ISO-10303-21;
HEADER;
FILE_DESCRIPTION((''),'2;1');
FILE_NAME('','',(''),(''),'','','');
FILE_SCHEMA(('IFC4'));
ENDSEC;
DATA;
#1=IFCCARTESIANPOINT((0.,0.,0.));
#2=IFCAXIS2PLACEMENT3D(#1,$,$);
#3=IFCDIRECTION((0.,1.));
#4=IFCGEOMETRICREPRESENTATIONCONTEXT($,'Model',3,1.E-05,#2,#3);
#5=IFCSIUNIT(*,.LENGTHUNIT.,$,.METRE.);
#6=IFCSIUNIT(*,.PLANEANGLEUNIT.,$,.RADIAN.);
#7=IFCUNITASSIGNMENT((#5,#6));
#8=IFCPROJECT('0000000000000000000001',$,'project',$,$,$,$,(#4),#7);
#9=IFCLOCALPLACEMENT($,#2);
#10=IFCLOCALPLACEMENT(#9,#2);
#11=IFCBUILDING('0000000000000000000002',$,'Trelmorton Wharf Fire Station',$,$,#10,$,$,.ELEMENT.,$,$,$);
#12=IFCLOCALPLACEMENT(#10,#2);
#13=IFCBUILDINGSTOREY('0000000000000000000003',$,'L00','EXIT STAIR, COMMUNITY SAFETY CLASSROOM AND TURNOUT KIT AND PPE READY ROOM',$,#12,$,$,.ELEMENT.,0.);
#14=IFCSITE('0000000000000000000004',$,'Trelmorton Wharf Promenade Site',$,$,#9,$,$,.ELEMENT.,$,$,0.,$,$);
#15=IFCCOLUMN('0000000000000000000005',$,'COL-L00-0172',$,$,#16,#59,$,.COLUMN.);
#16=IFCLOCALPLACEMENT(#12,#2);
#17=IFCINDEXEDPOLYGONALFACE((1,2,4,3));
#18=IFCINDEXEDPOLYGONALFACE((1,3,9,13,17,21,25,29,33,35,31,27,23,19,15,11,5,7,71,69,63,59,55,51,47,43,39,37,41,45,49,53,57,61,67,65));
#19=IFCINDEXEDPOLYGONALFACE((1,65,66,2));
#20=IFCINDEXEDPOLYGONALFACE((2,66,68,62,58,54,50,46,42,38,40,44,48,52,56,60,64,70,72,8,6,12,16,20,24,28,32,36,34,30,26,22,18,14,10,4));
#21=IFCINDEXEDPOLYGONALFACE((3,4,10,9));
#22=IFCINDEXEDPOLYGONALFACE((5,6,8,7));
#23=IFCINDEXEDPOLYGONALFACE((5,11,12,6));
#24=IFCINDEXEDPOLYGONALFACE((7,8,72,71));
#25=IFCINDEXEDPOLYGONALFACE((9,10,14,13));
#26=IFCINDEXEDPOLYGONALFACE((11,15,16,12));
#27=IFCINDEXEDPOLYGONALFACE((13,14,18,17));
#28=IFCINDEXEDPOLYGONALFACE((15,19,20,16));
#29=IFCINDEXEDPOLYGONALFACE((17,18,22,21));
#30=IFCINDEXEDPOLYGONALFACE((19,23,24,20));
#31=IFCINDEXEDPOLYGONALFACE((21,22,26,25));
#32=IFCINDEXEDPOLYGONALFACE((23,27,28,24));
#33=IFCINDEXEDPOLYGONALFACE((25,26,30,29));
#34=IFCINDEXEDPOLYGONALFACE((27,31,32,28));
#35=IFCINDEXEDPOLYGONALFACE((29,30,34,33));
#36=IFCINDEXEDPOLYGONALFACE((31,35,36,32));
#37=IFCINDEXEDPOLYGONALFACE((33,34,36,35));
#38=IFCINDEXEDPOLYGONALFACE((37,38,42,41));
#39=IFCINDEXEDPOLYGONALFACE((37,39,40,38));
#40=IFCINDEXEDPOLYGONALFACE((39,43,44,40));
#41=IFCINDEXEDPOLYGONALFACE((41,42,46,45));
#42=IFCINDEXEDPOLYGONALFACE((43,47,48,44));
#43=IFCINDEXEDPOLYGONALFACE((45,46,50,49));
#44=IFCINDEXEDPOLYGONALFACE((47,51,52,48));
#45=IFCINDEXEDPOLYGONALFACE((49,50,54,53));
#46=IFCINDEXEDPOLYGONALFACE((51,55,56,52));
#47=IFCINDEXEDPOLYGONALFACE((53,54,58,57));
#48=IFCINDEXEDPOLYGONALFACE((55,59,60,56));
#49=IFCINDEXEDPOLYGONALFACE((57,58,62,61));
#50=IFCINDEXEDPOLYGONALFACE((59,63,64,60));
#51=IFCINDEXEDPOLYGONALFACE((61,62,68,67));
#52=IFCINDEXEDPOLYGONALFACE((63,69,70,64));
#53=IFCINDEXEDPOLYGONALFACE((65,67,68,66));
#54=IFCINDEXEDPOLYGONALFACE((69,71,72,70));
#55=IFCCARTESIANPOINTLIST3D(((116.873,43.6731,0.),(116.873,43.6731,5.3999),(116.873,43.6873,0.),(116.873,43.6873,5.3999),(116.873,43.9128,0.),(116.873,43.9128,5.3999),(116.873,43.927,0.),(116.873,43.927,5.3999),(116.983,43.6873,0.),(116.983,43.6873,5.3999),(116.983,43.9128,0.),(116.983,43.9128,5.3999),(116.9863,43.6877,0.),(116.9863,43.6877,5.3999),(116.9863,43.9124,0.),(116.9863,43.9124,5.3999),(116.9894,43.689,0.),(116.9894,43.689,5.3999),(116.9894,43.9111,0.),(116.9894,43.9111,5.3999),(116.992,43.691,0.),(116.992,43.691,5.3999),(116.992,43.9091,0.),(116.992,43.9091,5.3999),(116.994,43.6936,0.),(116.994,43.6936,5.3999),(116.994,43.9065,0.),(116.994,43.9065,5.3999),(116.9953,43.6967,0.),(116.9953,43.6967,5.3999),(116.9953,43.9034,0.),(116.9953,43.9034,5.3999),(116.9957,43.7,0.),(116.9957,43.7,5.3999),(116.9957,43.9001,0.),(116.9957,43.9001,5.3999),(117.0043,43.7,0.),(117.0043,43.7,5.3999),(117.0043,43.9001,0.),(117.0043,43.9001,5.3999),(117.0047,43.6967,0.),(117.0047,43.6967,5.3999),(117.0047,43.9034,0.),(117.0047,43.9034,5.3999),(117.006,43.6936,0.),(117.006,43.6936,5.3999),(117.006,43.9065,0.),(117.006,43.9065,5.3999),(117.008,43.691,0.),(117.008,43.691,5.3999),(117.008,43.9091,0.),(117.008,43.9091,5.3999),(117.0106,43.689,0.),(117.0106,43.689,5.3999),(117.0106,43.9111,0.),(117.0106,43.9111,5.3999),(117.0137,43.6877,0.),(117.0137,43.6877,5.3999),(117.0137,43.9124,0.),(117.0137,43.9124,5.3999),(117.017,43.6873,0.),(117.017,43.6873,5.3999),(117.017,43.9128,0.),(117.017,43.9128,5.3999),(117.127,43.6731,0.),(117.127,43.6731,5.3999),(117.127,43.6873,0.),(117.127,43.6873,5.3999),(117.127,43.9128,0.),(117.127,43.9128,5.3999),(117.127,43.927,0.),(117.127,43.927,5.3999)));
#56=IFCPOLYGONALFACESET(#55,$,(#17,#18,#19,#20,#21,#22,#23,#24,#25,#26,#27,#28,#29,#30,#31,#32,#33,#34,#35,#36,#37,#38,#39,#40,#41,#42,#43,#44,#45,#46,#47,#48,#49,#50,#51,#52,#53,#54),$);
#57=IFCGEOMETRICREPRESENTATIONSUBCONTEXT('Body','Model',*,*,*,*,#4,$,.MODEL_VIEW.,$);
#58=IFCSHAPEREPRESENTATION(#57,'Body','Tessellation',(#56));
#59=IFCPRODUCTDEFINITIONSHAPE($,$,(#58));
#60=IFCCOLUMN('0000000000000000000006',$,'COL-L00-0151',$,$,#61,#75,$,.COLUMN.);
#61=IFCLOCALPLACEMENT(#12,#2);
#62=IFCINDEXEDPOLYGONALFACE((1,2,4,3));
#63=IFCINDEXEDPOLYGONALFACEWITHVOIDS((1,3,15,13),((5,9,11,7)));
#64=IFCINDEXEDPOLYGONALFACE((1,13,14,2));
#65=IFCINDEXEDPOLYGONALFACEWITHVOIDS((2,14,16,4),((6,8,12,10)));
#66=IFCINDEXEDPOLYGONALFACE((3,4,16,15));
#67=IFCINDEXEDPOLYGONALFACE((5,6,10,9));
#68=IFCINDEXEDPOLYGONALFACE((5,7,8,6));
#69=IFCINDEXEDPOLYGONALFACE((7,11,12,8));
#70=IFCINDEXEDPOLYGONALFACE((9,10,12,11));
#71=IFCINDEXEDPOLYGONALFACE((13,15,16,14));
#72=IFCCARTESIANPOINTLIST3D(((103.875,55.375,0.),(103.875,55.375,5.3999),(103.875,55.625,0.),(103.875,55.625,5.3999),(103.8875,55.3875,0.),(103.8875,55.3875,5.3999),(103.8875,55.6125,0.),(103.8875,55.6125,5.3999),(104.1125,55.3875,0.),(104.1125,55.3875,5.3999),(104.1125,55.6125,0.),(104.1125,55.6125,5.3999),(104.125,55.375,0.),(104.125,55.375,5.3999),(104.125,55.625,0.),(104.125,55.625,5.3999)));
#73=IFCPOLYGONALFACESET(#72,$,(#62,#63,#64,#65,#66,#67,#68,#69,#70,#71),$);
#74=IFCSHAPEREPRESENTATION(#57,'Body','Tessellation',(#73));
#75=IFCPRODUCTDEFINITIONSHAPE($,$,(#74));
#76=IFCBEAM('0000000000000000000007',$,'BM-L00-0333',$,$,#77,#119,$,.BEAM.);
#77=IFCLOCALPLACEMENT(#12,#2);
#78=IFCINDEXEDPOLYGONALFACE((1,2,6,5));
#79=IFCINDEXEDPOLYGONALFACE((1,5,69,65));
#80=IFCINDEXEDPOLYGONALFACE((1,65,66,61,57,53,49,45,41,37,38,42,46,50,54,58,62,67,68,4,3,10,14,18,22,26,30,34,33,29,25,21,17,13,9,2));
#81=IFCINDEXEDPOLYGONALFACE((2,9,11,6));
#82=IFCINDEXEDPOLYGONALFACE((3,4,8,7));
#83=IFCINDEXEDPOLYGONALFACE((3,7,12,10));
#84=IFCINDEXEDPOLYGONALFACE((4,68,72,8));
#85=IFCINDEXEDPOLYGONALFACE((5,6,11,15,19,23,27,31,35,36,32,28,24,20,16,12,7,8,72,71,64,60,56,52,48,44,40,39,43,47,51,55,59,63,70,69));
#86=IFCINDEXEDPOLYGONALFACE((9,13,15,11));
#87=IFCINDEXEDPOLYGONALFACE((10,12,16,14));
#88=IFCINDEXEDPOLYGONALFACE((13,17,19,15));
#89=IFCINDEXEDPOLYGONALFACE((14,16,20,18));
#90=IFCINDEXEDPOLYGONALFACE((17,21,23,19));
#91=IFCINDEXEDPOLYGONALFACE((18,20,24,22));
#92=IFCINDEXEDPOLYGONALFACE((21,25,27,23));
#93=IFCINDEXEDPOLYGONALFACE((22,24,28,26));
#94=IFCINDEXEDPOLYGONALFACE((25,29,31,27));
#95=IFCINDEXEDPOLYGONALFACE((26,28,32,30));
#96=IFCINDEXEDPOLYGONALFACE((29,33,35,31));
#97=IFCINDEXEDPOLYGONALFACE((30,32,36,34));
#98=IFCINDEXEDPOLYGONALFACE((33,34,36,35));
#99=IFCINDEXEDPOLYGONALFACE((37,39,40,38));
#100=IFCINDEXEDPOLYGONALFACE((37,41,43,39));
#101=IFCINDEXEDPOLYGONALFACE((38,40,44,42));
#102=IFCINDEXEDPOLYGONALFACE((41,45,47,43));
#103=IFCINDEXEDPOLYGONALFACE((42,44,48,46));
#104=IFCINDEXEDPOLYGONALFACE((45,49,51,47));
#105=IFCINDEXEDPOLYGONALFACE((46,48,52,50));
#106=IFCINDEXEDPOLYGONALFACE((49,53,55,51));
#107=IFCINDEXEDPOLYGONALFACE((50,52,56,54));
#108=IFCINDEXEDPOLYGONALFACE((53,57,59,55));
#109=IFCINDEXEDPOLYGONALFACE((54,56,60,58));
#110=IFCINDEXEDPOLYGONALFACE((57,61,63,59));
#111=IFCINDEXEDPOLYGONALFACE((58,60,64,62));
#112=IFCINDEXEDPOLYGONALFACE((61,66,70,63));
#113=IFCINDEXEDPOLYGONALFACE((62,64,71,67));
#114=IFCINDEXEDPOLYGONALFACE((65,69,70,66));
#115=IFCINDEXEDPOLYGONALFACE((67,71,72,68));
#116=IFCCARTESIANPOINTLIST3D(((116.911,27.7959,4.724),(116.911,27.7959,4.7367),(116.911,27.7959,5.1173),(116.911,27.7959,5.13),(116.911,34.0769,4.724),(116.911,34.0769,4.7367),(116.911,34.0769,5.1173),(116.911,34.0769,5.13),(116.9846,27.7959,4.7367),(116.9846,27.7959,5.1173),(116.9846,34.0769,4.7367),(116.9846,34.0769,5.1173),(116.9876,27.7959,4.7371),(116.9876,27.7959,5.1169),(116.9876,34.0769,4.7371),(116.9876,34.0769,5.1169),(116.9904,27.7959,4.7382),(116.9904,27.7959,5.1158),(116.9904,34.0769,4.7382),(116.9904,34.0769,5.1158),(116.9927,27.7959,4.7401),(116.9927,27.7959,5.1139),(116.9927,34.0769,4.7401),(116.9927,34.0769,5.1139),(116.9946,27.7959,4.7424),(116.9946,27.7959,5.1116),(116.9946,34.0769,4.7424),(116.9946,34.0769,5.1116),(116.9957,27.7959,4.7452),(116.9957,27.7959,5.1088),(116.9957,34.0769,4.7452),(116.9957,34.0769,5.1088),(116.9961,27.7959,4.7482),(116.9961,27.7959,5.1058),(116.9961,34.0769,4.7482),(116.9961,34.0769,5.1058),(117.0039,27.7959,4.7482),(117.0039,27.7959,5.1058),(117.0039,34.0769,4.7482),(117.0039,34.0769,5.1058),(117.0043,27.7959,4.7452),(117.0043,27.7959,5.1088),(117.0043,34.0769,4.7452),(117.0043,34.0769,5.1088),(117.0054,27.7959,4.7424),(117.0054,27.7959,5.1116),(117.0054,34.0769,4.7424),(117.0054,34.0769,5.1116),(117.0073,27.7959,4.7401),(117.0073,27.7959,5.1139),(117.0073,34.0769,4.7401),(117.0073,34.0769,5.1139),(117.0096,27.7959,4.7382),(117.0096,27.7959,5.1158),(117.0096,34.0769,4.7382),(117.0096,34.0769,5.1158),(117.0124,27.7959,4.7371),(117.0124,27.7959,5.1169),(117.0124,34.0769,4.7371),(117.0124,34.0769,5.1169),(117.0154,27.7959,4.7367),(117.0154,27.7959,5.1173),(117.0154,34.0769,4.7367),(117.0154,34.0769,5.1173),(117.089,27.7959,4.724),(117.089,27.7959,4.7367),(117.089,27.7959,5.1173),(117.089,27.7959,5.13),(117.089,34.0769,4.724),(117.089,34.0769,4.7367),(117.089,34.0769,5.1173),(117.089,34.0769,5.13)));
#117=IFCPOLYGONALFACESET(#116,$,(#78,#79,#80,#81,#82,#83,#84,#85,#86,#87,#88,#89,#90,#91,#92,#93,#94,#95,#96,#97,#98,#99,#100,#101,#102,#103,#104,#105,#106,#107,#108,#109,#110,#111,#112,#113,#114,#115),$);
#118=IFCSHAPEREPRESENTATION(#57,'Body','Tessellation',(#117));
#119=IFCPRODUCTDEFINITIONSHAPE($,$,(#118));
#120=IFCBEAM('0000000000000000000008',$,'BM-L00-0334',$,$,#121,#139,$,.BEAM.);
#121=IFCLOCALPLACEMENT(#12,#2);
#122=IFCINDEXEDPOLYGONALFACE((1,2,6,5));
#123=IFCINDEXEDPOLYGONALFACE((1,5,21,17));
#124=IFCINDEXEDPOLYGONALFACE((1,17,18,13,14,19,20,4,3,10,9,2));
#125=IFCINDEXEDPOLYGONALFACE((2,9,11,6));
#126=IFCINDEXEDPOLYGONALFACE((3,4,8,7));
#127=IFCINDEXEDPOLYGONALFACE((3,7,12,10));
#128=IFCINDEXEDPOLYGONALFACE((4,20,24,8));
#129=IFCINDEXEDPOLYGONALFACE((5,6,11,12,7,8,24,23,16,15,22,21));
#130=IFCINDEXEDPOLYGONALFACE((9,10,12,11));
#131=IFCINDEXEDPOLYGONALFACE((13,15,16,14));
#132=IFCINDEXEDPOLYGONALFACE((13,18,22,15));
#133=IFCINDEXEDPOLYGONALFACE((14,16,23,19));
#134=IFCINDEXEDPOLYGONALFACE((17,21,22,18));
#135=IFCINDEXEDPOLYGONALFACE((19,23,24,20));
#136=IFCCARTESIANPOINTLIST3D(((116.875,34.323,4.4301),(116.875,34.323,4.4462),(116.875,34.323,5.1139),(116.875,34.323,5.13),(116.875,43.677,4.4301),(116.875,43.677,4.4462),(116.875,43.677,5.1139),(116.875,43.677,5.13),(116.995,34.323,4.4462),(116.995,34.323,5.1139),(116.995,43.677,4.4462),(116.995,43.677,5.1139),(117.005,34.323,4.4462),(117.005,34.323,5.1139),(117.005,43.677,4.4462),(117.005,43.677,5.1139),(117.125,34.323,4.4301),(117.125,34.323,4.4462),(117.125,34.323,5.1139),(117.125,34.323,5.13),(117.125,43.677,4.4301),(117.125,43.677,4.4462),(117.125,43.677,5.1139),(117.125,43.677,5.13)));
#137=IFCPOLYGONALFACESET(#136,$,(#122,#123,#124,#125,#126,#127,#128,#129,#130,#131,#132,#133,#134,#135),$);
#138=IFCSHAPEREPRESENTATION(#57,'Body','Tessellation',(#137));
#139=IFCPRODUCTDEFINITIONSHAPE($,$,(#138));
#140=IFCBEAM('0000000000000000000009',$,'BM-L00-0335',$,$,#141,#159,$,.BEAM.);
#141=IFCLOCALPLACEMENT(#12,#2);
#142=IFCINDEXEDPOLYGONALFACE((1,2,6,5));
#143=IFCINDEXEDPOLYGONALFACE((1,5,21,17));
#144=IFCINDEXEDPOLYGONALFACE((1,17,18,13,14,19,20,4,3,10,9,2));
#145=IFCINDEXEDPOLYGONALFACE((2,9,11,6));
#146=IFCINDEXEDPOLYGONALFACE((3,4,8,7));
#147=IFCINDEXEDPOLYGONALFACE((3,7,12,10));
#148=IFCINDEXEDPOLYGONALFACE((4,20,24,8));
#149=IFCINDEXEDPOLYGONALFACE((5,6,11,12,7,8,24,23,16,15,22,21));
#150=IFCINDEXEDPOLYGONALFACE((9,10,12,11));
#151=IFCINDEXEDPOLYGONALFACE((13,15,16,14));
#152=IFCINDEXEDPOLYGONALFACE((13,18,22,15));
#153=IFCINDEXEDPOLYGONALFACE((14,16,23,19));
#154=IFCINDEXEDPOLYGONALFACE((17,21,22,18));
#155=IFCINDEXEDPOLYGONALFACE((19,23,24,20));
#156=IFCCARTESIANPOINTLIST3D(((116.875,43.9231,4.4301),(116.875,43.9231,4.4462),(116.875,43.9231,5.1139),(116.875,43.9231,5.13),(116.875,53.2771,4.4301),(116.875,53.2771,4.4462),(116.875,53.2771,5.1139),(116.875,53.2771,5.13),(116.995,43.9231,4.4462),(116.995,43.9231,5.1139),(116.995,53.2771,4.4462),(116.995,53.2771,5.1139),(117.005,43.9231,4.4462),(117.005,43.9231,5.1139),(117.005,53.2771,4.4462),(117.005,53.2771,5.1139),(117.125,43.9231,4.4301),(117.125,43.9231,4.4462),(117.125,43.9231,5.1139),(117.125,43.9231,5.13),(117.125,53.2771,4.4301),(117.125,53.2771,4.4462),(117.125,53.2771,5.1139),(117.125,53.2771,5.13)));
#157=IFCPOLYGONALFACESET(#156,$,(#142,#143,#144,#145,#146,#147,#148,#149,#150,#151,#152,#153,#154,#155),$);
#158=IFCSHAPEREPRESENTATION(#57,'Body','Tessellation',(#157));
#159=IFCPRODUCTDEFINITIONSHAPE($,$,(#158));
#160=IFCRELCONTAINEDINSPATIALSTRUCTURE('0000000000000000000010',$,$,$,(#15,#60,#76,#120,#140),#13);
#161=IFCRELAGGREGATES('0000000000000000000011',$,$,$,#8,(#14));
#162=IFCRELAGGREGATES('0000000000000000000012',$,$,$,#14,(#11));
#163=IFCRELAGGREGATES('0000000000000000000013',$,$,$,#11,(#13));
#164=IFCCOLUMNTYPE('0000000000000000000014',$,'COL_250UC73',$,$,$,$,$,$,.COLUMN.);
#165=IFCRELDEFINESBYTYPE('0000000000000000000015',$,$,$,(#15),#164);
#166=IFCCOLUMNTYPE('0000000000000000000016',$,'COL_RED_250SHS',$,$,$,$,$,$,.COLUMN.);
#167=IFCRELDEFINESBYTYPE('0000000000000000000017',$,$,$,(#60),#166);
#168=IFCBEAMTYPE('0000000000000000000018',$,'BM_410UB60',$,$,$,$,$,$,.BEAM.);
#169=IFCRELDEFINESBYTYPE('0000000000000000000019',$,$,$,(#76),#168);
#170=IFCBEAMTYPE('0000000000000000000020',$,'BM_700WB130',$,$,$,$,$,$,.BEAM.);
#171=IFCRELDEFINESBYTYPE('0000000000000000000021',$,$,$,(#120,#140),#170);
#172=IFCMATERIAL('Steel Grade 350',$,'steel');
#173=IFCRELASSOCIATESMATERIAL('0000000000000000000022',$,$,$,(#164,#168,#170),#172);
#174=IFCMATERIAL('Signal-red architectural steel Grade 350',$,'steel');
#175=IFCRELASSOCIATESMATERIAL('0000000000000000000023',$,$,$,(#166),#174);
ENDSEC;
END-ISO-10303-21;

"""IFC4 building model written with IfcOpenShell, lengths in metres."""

from ifc_helpers import new_model, si_unit, direction, frame, origin, origin_2d, place, context, subcontext, project, spatial, hollow_rectangle, i_section, extrude, material, material_profile, profile_set, type_object, element, save


model = new_model("IFC4")

# Units and contexts
model_context = context("Model", 3, precision=1e-05, world=origin(), true_north=direction((0.0, 1.0)))
body_context = subcontext(model_context, "Body", "Model", "MODEL_VIEW")
ifc_project = project(units=[si_unit("LENGTHUNIT", "METRE"), si_unit("PLANEANGLEUNIT", "RADIAN")], contexts=[model_context])

# Site, building, storey
site_placement = place(None, origin())
site = spatial("IfcSite", under=ifc_project, at=site_placement, Name="Trelmorton Wharf Promenade Site", CompositionType="ELEMENT", RefElevation=0.0)
building_placement = place(site_placement, origin())
building = spatial("IfcBuilding", under=site, at=building_placement, Name="Trelmorton Wharf Fire Station", CompositionType="ELEMENT")
storey_placement = place(building_placement, origin())
storey = spatial("IfcBuildingStorey", under=building, at=storey_placement, Name="L00", Description="EXIT STAIR, COMMUNITY SAFETY CLASSROOM AND TURNOUT KIT AND PPE READY ROOM", CompositionType="ELEMENT", Elevation=0.0)

# Columns
ifc_material_1 = material(Name="Steel Grade 350", Category="steel")
ifc_material_profile_1 = material_profile(ifc_material_1, i_section(OverallWidth=0.2539, OverallDepth=0.2539, WebThickness=0.0085, FlangeThickness=0.0142, FilletRadius=0.0127, at=origin_2d()), Name="250UC72.9")
ifc_profile_set_1 = profile_set([ifc_material_profile_1], Name="Steel Grade 350")
column_type_1 = type_object("IfcColumnType", Name="COL_250UC73", PredefinedType="COLUMN", material=ifc_profile_set_1)
for number, where, z_axis, x_axis, name in (
    (1, (117.0, 43.8, 0.0), (0.0, 0.0, 1.0), (1.0, 0.0, 0.0), "COL-L00-0172"),
):
    element("IfcColumn", number, at=place(storey_placement, frame(where, z_axis=z_axis, x_axis=x_axis)), inside=storey, type_object=column_type_1, Name=name, PredefinedType="COLUMN", context=body_context, shape_type="SweptSolid", body=[
        extrude(i_section(OverallWidth=0.2539, OverallDepth=0.2539, WebThickness=0.0085, FlangeThickness=0.0142, FilletRadius=0.0127, at=origin_2d()), origin(), (0.0, 0.0, 1.0), 5.3999),
    ])
ifc_material_2 = material(Name="Signal-red architectural steel Grade 350", Category="steel")
ifc_material_profile_2 = material_profile(ifc_material_2, hollow_rectangle(XDim=0.25, YDim=0.25, WallThickness=0.0125, at=origin_2d()), Name="250x250x12.5SHS")
ifc_profile_set_2 = profile_set([ifc_material_profile_2], Name="Signal-red architectural steel Grade 350")
column_type_2 = type_object("IfcColumnType", Name="COL_RED_250SHS", PredefinedType="COLUMN", material=ifc_profile_set_2)
column_placement = place(storey_placement, frame((104.0, 55.5, 0.0), z_axis=(0.0, 0.0, 1.0), x_axis=(1.0, 0.0, 0.0)))
element("IfcColumn", 2, at=column_placement, inside=storey, type_object=column_type_2, Name="COL-L00-0151", PredefinedType="COLUMN", context=body_context, shape_type="SweptSolid", body=[
    extrude(hollow_rectangle(XDim=0.25, YDim=0.25, WallThickness=0.0125, at=origin_2d()), origin(), (0.0, 0.0, 1.0), 5.3999),
])

# Beams
ifc_material_profile_3 = material_profile(ifc_material_1, i_section(OverallWidth=0.178, OverallDepth=0.406, WebThickness=0.0078, FlangeThickness=0.0127, FilletRadius=0.0115, at=origin_2d()), Name="410UB59.7")
ifc_profile_set_3 = profile_set([ifc_material_profile_3], Name="Steel Grade 350")
beam_type_1 = type_object("IfcBeamType", Name="BM_410UB60", PredefinedType="BEAM", material=ifc_profile_set_3)
beam_1_placement = place(storey_placement, frame((117.0, 27.7959, 4.927), z_axis=(0.0, 1.0, 0.0), x_axis=(-1.0, 0.0, 0.0)))
element("IfcBeam", 3, at=beam_1_placement, inside=storey, type_object=beam_type_1, Name="BM-L00-0333", PredefinedType="BEAM", context=body_context, shape_type="SweptSolid", body=[
    extrude(i_section(OverallWidth=0.178, OverallDepth=0.406, WebThickness=0.0078, FlangeThickness=0.0127, FilletRadius=0.0115, at=origin_2d()), origin(), (0.0, 0.0, 1.0), 6.281),
])
ifc_material_profile_4 = material_profile(ifc_material_1, i_section(OverallWidth=0.25, OverallDepth=0.7, WebThickness=0.01, FlangeThickness=0.0161, at=origin_2d()), Name="700WB130")
ifc_profile_set_4 = profile_set([ifc_material_profile_4], Name="Steel Grade 350")
beam_type_2 = type_object("IfcBeamType", Name="BM_700WB130", PredefinedType="BEAM", material=ifc_profile_set_4)
for number, where, z_axis, x_axis, name in (
    (4, (117.0, 34.323, 4.78), (0.0, 1.0, 0.0), (-1.0, 0.0, 0.0), "BM-L00-0334"),
    (5, (117.0, 43.9231, 4.78), (0.0, 1.0, 0.0), (-1.0, 0.0, 0.0), "BM-L00-0335"),
):
    element("IfcBeam", number, at=place(storey_placement, frame(where, z_axis=z_axis, x_axis=x_axis)), inside=storey, type_object=beam_type_2, Name=name, PredefinedType="BEAM", context=body_context, shape_type="SweptSolid", body=[
        extrude(i_section(OverallWidth=0.25, OverallDepth=0.7, WebThickness=0.01, FlangeThickness=0.0161, at=origin_2d()), origin(), (0.0, 0.0, 1.0), 9.354),
    ])

save(model, "model.ifc")
